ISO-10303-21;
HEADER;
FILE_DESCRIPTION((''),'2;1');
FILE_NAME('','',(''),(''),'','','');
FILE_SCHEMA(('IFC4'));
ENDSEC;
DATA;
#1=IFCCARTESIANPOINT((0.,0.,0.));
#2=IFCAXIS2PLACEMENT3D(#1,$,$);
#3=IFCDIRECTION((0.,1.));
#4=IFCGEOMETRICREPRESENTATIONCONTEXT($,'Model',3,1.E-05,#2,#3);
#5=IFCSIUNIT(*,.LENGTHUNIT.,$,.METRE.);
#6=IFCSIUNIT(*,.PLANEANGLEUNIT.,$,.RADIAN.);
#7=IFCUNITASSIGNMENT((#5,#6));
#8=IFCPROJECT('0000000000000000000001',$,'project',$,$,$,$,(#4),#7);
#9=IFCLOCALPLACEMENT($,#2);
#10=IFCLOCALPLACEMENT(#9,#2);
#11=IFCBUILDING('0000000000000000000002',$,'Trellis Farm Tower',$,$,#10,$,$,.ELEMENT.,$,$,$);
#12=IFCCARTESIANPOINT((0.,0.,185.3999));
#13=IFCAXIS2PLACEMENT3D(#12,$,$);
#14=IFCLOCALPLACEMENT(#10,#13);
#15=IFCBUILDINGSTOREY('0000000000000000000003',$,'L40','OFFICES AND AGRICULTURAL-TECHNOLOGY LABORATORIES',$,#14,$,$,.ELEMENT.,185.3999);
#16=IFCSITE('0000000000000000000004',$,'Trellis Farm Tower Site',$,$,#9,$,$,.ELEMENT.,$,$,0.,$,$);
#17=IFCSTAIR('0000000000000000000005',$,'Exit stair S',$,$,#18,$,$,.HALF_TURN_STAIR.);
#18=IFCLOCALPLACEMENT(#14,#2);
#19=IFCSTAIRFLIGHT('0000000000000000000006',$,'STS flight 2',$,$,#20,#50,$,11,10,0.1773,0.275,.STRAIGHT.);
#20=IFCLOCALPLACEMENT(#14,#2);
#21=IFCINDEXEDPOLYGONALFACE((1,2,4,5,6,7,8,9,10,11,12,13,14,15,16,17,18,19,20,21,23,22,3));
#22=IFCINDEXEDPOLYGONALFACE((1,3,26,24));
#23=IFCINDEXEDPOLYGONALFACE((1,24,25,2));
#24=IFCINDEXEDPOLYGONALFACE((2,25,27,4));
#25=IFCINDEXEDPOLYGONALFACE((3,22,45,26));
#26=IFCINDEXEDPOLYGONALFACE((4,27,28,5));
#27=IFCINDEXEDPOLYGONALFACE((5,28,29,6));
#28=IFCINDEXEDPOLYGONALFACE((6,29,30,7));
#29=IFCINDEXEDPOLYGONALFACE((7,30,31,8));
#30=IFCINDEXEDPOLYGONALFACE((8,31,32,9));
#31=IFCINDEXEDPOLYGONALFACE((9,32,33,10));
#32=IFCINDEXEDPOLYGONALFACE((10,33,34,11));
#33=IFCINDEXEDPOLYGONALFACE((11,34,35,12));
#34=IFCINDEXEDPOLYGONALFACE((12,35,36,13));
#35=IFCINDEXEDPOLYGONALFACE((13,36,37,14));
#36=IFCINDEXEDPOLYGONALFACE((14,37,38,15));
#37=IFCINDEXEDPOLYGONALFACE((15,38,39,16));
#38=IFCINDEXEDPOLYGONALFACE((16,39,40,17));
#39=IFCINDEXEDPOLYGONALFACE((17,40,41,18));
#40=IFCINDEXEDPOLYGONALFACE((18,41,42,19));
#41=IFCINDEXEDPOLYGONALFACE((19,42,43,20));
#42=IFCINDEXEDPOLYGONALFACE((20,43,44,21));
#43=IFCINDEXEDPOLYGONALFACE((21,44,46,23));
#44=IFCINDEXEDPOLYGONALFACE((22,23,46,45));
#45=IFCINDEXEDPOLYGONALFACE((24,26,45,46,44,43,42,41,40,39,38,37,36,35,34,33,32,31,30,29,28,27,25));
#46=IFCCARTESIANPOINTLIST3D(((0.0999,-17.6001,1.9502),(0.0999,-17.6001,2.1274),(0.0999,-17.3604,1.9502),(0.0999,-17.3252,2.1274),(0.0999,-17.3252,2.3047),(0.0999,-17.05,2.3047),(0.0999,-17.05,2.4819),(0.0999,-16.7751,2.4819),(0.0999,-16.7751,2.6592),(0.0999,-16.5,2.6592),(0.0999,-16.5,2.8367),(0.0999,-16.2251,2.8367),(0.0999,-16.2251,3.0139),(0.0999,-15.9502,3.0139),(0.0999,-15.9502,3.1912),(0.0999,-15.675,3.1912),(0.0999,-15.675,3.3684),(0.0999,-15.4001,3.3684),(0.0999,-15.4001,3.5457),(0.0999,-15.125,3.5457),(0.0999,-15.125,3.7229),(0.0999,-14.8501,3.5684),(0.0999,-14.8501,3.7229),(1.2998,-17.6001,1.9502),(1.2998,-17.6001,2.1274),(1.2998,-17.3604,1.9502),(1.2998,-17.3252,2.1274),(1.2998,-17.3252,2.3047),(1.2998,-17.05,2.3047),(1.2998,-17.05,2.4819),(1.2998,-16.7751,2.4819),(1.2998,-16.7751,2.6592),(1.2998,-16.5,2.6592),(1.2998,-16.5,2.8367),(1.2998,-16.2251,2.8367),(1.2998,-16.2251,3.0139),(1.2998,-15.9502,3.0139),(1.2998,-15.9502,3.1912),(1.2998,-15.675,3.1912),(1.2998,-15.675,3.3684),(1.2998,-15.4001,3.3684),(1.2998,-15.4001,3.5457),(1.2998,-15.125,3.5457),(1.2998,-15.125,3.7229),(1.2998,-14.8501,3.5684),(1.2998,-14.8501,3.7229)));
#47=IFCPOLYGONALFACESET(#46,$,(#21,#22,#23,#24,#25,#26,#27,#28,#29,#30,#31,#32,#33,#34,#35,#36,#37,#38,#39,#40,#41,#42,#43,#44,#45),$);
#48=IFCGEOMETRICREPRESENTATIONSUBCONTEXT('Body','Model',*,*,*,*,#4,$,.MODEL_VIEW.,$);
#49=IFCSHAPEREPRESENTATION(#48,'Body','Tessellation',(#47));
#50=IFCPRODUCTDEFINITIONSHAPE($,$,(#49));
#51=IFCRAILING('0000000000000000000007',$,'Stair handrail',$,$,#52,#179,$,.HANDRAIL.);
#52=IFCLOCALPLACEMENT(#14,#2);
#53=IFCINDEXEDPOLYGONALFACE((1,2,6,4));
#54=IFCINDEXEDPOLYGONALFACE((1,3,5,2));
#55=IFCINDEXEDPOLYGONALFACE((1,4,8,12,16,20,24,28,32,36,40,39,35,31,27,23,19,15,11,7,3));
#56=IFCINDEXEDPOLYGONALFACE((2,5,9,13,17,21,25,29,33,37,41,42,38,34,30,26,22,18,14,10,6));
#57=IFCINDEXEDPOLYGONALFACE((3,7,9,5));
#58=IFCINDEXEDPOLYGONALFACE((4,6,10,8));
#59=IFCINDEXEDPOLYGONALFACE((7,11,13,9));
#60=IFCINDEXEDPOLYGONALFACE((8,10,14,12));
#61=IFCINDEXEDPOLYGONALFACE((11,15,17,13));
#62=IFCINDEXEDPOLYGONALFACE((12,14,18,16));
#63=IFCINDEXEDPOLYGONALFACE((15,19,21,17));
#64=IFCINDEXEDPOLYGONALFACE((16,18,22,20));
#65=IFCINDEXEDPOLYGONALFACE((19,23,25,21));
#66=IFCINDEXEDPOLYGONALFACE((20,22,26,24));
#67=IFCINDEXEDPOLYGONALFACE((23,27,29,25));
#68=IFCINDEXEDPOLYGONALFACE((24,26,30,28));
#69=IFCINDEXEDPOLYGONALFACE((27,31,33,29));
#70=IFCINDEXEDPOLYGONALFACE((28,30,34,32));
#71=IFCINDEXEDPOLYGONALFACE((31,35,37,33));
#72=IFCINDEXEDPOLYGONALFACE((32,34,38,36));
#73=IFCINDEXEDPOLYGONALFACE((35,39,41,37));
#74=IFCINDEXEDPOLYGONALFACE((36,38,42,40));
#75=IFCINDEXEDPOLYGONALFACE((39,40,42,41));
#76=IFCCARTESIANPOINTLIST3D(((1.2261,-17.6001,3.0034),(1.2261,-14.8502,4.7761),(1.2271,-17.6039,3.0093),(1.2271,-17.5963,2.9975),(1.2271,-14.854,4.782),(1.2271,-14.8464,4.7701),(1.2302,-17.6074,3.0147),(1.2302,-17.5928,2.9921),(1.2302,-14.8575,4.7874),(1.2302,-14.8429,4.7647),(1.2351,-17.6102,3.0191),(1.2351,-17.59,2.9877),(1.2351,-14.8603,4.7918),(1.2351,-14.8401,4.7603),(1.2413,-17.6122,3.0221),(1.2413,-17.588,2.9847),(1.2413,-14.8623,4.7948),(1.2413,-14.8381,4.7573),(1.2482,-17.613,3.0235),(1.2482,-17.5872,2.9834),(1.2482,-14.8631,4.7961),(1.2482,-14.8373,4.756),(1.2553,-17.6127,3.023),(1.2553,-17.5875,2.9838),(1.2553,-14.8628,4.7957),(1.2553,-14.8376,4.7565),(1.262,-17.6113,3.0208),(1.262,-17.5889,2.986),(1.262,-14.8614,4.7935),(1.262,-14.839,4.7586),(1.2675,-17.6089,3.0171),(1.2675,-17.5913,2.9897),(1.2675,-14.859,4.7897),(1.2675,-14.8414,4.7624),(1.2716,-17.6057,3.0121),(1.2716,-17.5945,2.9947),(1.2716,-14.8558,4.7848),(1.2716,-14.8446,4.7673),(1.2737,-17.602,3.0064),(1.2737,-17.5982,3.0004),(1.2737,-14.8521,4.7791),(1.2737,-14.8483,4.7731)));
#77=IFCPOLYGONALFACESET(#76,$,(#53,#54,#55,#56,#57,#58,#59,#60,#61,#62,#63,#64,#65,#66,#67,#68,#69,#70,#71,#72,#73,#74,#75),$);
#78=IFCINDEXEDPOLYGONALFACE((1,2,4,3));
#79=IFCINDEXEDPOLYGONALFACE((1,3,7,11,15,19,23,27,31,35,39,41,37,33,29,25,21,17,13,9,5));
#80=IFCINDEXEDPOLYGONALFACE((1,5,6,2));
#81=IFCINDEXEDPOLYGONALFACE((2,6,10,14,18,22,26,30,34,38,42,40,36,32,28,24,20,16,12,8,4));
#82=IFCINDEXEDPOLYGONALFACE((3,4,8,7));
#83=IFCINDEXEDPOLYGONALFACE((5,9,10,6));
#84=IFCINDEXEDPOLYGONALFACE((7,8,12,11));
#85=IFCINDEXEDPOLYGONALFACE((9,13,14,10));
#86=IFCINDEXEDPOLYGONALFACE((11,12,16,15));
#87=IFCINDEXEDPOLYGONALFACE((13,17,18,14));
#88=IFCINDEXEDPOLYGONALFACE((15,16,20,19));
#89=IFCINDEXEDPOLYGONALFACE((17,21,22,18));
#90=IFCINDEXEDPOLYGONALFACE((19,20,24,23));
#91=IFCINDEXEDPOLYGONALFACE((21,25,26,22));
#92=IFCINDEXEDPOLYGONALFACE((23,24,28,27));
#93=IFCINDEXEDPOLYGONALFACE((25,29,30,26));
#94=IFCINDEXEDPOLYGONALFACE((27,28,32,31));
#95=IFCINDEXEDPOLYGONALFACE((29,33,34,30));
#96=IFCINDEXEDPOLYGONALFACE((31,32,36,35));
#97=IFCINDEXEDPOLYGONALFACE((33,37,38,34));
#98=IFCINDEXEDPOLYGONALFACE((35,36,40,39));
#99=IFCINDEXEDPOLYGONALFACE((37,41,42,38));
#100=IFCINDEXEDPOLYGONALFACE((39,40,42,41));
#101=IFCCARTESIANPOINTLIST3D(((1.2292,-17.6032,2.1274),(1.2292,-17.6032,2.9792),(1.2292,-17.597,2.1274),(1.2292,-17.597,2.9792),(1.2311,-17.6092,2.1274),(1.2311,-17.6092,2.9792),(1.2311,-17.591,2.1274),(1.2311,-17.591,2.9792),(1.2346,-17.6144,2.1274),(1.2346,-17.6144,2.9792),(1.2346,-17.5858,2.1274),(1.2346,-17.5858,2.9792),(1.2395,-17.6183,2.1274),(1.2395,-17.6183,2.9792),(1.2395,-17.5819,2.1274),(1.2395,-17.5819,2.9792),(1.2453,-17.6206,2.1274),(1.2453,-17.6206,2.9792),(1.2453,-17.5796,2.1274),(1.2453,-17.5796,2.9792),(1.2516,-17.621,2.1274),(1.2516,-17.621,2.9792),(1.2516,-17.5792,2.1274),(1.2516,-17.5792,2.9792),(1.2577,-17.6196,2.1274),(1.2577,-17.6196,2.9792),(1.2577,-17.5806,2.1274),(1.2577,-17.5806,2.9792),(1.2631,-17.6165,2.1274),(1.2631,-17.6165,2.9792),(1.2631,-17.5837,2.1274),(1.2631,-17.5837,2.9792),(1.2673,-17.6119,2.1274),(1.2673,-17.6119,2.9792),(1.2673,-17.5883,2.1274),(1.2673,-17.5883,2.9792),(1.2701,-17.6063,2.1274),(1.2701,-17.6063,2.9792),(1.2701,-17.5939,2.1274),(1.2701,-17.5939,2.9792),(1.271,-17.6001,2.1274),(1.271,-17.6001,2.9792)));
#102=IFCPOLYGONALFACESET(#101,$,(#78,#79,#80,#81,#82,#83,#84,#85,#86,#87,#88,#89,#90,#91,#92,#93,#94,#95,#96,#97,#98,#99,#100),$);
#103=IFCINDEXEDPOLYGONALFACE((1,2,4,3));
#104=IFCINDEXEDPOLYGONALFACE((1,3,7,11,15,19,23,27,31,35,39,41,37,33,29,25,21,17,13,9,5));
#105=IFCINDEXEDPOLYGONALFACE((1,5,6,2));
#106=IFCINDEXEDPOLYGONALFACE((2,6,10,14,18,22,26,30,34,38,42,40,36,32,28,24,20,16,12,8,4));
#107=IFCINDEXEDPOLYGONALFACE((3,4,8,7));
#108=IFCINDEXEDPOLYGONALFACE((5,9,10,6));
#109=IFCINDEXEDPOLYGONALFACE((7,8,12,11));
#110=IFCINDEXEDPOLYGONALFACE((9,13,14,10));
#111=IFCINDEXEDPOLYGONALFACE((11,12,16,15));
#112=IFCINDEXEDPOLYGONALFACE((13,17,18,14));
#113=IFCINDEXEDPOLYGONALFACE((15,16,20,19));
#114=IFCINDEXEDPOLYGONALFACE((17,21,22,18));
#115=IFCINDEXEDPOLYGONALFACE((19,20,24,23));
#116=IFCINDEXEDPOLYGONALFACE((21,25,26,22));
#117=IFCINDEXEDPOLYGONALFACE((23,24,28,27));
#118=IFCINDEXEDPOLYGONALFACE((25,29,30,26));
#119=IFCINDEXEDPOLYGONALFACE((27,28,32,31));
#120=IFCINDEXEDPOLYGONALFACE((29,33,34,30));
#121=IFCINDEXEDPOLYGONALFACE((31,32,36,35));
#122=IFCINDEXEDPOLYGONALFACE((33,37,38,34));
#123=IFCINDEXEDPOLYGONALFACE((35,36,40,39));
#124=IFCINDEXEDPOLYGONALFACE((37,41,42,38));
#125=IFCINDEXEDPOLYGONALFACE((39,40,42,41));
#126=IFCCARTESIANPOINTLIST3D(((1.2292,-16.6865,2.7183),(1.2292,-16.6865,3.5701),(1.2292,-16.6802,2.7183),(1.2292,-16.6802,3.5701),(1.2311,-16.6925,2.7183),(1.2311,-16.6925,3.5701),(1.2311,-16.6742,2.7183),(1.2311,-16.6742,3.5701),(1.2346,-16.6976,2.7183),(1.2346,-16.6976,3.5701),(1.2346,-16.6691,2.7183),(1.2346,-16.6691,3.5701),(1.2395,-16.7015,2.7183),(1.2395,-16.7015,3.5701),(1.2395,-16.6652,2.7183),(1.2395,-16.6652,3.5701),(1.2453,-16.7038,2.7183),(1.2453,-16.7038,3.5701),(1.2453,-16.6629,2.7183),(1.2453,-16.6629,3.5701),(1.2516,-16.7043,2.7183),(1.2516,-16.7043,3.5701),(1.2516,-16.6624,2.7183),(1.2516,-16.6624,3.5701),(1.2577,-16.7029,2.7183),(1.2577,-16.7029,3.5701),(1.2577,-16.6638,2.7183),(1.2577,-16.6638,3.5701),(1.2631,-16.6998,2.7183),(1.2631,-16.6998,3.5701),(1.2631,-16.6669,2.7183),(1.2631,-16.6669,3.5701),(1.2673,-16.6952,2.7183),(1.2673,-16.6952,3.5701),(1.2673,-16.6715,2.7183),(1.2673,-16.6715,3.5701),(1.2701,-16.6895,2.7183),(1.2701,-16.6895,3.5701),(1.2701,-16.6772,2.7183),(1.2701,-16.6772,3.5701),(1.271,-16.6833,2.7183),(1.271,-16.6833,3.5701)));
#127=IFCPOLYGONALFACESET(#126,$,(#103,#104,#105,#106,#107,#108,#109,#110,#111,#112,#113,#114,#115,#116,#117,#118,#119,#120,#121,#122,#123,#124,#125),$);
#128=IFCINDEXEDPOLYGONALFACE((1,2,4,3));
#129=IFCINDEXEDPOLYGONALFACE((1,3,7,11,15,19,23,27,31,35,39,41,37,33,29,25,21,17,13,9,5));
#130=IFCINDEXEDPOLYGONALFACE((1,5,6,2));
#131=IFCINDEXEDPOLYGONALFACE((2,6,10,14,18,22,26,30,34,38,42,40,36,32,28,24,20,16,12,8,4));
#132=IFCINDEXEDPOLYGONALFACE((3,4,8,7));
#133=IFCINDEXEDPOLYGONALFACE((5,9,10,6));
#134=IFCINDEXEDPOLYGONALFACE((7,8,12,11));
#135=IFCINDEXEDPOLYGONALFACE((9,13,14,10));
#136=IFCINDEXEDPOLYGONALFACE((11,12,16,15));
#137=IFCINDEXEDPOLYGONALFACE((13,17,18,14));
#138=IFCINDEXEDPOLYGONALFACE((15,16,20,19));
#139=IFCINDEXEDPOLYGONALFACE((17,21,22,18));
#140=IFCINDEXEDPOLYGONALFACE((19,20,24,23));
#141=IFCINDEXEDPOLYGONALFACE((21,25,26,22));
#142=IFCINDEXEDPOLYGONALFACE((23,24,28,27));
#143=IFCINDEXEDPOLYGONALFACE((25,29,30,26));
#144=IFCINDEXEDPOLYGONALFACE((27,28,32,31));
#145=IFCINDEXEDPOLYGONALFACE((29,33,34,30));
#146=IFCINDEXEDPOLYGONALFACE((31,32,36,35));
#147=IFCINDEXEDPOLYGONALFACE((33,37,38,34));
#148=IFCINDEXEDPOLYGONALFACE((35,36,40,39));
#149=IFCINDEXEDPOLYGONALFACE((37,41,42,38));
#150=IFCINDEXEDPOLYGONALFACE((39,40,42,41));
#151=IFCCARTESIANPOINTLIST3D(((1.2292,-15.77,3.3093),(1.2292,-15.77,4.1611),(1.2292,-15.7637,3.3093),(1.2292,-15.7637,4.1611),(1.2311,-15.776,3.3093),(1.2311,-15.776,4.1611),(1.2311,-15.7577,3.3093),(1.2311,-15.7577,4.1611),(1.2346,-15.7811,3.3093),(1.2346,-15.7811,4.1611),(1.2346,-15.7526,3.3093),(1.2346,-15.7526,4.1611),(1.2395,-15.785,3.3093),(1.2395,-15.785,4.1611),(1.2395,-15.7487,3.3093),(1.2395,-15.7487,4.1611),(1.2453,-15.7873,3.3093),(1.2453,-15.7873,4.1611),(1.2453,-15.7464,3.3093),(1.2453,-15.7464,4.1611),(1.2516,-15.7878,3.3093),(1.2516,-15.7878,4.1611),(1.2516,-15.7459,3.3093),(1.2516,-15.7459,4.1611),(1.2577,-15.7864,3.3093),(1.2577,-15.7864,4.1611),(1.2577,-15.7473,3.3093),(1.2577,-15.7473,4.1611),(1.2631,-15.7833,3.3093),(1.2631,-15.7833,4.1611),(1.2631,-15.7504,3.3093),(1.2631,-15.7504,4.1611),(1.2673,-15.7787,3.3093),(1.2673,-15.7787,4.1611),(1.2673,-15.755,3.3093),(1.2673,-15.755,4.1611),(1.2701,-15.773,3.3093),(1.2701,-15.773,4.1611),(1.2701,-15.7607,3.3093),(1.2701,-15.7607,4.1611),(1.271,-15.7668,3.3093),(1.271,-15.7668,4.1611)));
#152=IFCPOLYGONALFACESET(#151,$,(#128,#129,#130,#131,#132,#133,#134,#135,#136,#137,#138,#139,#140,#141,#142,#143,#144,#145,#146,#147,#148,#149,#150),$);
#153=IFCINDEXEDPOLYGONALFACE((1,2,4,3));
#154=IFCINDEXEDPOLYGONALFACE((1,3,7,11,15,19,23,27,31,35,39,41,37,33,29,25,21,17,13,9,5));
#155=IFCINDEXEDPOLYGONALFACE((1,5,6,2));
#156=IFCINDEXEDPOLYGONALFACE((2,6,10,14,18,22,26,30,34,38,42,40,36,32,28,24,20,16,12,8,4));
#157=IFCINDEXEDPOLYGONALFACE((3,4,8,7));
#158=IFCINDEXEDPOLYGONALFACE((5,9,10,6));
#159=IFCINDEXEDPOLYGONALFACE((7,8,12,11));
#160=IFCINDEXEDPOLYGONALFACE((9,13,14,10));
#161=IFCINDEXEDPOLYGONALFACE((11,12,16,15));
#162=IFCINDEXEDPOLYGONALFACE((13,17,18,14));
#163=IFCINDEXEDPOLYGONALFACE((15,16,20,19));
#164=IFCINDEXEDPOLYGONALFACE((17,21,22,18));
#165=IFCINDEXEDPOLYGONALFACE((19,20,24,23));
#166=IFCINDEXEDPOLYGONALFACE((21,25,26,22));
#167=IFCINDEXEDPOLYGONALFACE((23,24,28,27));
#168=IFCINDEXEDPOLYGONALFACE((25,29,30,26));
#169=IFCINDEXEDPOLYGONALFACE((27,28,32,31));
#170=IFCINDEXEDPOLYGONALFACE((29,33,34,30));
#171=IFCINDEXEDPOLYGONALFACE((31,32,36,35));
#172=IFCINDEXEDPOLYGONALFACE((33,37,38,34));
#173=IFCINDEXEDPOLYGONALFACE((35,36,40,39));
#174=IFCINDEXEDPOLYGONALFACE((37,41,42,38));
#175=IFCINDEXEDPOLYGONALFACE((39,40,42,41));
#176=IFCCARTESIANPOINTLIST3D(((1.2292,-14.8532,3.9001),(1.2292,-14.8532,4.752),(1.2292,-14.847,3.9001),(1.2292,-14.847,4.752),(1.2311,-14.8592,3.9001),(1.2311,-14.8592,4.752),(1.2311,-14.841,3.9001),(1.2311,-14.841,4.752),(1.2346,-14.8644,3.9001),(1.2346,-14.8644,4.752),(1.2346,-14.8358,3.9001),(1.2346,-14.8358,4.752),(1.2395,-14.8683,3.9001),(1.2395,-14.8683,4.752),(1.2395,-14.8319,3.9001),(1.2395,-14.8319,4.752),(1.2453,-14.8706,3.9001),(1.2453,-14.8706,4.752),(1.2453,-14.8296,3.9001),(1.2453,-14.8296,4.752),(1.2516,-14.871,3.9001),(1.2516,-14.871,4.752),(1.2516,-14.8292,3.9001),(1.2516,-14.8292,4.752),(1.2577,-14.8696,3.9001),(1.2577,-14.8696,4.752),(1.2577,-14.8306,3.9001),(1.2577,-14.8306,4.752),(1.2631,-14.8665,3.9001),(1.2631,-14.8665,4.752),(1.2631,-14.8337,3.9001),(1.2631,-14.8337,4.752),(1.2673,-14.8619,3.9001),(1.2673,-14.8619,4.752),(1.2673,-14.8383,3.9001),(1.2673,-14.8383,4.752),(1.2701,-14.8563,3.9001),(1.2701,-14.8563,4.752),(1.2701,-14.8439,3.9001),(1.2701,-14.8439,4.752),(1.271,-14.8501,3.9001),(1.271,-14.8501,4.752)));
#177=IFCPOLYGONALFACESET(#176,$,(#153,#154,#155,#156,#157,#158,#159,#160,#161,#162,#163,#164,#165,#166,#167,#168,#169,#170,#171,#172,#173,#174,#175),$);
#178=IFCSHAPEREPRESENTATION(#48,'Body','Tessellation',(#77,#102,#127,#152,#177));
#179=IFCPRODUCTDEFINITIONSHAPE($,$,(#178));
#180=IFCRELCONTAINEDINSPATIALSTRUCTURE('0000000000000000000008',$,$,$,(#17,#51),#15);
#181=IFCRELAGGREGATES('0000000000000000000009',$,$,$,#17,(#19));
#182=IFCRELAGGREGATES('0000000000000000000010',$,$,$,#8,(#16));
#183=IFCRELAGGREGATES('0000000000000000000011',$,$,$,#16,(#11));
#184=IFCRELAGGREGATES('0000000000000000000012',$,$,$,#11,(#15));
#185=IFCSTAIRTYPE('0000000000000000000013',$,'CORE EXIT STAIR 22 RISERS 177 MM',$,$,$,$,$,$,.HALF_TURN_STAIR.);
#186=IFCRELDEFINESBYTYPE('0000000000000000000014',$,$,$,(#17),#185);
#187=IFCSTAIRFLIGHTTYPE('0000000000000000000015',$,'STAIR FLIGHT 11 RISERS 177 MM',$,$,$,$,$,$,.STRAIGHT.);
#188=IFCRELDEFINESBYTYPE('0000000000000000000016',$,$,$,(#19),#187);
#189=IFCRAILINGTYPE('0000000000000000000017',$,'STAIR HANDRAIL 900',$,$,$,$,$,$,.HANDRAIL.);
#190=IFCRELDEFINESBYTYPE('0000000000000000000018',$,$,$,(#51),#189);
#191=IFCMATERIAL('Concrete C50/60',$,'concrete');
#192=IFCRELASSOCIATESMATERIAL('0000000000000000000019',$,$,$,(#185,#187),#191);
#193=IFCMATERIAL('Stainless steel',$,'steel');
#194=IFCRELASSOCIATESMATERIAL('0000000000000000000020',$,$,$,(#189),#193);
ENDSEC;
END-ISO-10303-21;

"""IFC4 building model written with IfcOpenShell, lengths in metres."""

from ifc_helpers import new_model, si_unit, direction, frame, origin, origin_2d, place, context, subcontext, project, spatial, polyline, circle, outline, extrude, source, transform, mapped, material, type_object, element, aggregate, save


model = new_model("IFC4")

# Units and contexts
model_context = context("Model", 3, precision=1e-05, world=origin(), true_north=direction((0.0, 1.0)))
body_context = subcontext(model_context, "Body", "Model", "MODEL_VIEW")
ifc_project = project(units=[si_unit("LENGTHUNIT", "METRE"), si_unit("PLANEANGLEUNIT", "RADIAN")], contexts=[model_context])

# Site, building, storey
site_placement = place(None, origin())
site = spatial("IfcSite", under=ifc_project, at=site_placement, Name="Trellis Farm Tower Site", CompositionType="ELEMENT", RefElevation=0.0)
building_placement = place(site_placement, origin())
building = spatial("IfcBuilding", under=site, at=building_placement, Name="Trellis Farm Tower", CompositionType="ELEMENT")
storey_placement = place(building_placement, frame((0.0, 0.0, 185.3999)))
storey = spatial("IfcBuildingStorey", under=building, at=storey_placement, Name="L40", Description="OFFICES AND AGRICULTURAL-TECHNOLOGY LABORATORIES", CompositionType="ELEMENT", Elevation=185.3999)

# Shared definitions
placement_1 = place(storey_placement, origin())

# Stair, stair flight
ifc_material_1 = material(Name="Concrete C50/60", Category="concrete")
stair_type = type_object("IfcStairType", Name="CORE EXIT STAIR 22 RISERS 177 MM", PredefinedType="HALF_TURN_STAIR", material=ifc_material_1)
stair = element("IfcStair", 1, at=placement_1, inside=storey, type_object=stair_type, Name="Exit stair S", PredefinedType="HALF_TURN_STAIR")
stair_flight_type = type_object("IfcStairFlightType", Name="STAIR FLIGHT 11 RISERS 177 MM", PredefinedType="STRAIGHT", material=ifc_material_1)
shared_shape_1 = source(origin(), body_context, "Body", "SweptSolid", [
    extrude(outline(polyline([(0.0, 0.0), (0.0, 0.1772), (0.2749, 0.1772), (0.2749, 0.3545), (0.55, 0.3545), (0.55, 0.5317), (0.825, 0.5317), (0.825, 0.709), (1.1001, 0.709), (1.1001, 0.8865), (1.375, 0.8865), (1.375, 1.0637), (1.6499, 1.0637), (1.6499, 1.241), (1.925, 1.241), (1.925, 1.4182), (2.2, 1.4182), (2.2, 1.5955), (2.4751, 1.5955), (2.4751, 1.7727), (2.75, 1.7727), (2.75, 1.95), (2.75, 1.6182), (0.2397, 0.0), (0.0, 0.0)])), frame((0.0, 0.6001, 0.0), z_axis=(0.0, -1.0, 0.0), x_axis=(1.0, 0.0, 0.0)), (0.0, 0.0, 1.0), 1.2),
])
stair_flight_placement = place(storey_placement, frame((0.7, -17.6001, 1.9502), z_axis=(0.0, 0.0, 1.0), x_axis=(0.0, 1.0, 0.0)))
stair_flight = element("IfcStairFlight", 2, at=stair_flight_placement, type_object=stair_flight_type, Name="STS flight 2", NumberOfRisers=11, NumberOfTreads=10, PredefinedType="STRAIGHT", RiserHeight=0.1773, TreadLength=0.275, context=body_context, shape_type="MappedRepresentation", body=[
    mapped(shared_shape_1, transform((0.0, 0.0, 0.0))),
])
aggregate(stair, [stair_flight])

# Railing
ifc_material_2 = material(Name="Stainless steel", Category="steel")
railing_type = type_object("IfcRailingType", Name="STAIR HANDRAIL 900", PredefinedType="HANDRAIL", material=ifc_material_2)
shared_shape_2 = source(origin(), body_context, "Body", "SweptSolid", [
    extrude(circle(Radius=0.0239, at=origin_2d()), frame((0.0, 0.0, 0.876), z_axis=(0.0, 0.840504, 0.541806), x_axis=(-1.0, 0.0, 0.0)), (0.0, 0.0, 1.0), 3.2717),
    extrude(circle(Radius=0.021, at=origin_2d()), origin(), (0.0, 0.0, 1.0), 0.8518),
    extrude(circle(Radius=0.021, at=origin_2d()), frame((0.0, 0.9167, 0.5908)), (0.0, 0.0, 1.0), 0.8518),
    extrude(circle(Radius=0.021, at=origin_2d()), frame((0.0, 1.8333, 1.1819)), (0.0, 0.0, 1.0), 0.8518),
    extrude(circle(Radius=0.021, at=origin_2d()), frame((0.0, 2.75, 1.7727)), (0.0, 0.0, 1.0), 0.8518),
])
railing_placement = place(storey_placement, frame((1.25, -17.6001, 2.1274)))
element("IfcRailing", 3, at=railing_placement, inside=storey, type_object=railing_type, Name="Stair handrail", PredefinedType="HANDRAIL", context=body_context, shape_type="MappedRepresentation", body=[
    mapped(shared_shape_2, transform((0.0, 0.0, 0.0))),
])

save(model, "model.ifc")
